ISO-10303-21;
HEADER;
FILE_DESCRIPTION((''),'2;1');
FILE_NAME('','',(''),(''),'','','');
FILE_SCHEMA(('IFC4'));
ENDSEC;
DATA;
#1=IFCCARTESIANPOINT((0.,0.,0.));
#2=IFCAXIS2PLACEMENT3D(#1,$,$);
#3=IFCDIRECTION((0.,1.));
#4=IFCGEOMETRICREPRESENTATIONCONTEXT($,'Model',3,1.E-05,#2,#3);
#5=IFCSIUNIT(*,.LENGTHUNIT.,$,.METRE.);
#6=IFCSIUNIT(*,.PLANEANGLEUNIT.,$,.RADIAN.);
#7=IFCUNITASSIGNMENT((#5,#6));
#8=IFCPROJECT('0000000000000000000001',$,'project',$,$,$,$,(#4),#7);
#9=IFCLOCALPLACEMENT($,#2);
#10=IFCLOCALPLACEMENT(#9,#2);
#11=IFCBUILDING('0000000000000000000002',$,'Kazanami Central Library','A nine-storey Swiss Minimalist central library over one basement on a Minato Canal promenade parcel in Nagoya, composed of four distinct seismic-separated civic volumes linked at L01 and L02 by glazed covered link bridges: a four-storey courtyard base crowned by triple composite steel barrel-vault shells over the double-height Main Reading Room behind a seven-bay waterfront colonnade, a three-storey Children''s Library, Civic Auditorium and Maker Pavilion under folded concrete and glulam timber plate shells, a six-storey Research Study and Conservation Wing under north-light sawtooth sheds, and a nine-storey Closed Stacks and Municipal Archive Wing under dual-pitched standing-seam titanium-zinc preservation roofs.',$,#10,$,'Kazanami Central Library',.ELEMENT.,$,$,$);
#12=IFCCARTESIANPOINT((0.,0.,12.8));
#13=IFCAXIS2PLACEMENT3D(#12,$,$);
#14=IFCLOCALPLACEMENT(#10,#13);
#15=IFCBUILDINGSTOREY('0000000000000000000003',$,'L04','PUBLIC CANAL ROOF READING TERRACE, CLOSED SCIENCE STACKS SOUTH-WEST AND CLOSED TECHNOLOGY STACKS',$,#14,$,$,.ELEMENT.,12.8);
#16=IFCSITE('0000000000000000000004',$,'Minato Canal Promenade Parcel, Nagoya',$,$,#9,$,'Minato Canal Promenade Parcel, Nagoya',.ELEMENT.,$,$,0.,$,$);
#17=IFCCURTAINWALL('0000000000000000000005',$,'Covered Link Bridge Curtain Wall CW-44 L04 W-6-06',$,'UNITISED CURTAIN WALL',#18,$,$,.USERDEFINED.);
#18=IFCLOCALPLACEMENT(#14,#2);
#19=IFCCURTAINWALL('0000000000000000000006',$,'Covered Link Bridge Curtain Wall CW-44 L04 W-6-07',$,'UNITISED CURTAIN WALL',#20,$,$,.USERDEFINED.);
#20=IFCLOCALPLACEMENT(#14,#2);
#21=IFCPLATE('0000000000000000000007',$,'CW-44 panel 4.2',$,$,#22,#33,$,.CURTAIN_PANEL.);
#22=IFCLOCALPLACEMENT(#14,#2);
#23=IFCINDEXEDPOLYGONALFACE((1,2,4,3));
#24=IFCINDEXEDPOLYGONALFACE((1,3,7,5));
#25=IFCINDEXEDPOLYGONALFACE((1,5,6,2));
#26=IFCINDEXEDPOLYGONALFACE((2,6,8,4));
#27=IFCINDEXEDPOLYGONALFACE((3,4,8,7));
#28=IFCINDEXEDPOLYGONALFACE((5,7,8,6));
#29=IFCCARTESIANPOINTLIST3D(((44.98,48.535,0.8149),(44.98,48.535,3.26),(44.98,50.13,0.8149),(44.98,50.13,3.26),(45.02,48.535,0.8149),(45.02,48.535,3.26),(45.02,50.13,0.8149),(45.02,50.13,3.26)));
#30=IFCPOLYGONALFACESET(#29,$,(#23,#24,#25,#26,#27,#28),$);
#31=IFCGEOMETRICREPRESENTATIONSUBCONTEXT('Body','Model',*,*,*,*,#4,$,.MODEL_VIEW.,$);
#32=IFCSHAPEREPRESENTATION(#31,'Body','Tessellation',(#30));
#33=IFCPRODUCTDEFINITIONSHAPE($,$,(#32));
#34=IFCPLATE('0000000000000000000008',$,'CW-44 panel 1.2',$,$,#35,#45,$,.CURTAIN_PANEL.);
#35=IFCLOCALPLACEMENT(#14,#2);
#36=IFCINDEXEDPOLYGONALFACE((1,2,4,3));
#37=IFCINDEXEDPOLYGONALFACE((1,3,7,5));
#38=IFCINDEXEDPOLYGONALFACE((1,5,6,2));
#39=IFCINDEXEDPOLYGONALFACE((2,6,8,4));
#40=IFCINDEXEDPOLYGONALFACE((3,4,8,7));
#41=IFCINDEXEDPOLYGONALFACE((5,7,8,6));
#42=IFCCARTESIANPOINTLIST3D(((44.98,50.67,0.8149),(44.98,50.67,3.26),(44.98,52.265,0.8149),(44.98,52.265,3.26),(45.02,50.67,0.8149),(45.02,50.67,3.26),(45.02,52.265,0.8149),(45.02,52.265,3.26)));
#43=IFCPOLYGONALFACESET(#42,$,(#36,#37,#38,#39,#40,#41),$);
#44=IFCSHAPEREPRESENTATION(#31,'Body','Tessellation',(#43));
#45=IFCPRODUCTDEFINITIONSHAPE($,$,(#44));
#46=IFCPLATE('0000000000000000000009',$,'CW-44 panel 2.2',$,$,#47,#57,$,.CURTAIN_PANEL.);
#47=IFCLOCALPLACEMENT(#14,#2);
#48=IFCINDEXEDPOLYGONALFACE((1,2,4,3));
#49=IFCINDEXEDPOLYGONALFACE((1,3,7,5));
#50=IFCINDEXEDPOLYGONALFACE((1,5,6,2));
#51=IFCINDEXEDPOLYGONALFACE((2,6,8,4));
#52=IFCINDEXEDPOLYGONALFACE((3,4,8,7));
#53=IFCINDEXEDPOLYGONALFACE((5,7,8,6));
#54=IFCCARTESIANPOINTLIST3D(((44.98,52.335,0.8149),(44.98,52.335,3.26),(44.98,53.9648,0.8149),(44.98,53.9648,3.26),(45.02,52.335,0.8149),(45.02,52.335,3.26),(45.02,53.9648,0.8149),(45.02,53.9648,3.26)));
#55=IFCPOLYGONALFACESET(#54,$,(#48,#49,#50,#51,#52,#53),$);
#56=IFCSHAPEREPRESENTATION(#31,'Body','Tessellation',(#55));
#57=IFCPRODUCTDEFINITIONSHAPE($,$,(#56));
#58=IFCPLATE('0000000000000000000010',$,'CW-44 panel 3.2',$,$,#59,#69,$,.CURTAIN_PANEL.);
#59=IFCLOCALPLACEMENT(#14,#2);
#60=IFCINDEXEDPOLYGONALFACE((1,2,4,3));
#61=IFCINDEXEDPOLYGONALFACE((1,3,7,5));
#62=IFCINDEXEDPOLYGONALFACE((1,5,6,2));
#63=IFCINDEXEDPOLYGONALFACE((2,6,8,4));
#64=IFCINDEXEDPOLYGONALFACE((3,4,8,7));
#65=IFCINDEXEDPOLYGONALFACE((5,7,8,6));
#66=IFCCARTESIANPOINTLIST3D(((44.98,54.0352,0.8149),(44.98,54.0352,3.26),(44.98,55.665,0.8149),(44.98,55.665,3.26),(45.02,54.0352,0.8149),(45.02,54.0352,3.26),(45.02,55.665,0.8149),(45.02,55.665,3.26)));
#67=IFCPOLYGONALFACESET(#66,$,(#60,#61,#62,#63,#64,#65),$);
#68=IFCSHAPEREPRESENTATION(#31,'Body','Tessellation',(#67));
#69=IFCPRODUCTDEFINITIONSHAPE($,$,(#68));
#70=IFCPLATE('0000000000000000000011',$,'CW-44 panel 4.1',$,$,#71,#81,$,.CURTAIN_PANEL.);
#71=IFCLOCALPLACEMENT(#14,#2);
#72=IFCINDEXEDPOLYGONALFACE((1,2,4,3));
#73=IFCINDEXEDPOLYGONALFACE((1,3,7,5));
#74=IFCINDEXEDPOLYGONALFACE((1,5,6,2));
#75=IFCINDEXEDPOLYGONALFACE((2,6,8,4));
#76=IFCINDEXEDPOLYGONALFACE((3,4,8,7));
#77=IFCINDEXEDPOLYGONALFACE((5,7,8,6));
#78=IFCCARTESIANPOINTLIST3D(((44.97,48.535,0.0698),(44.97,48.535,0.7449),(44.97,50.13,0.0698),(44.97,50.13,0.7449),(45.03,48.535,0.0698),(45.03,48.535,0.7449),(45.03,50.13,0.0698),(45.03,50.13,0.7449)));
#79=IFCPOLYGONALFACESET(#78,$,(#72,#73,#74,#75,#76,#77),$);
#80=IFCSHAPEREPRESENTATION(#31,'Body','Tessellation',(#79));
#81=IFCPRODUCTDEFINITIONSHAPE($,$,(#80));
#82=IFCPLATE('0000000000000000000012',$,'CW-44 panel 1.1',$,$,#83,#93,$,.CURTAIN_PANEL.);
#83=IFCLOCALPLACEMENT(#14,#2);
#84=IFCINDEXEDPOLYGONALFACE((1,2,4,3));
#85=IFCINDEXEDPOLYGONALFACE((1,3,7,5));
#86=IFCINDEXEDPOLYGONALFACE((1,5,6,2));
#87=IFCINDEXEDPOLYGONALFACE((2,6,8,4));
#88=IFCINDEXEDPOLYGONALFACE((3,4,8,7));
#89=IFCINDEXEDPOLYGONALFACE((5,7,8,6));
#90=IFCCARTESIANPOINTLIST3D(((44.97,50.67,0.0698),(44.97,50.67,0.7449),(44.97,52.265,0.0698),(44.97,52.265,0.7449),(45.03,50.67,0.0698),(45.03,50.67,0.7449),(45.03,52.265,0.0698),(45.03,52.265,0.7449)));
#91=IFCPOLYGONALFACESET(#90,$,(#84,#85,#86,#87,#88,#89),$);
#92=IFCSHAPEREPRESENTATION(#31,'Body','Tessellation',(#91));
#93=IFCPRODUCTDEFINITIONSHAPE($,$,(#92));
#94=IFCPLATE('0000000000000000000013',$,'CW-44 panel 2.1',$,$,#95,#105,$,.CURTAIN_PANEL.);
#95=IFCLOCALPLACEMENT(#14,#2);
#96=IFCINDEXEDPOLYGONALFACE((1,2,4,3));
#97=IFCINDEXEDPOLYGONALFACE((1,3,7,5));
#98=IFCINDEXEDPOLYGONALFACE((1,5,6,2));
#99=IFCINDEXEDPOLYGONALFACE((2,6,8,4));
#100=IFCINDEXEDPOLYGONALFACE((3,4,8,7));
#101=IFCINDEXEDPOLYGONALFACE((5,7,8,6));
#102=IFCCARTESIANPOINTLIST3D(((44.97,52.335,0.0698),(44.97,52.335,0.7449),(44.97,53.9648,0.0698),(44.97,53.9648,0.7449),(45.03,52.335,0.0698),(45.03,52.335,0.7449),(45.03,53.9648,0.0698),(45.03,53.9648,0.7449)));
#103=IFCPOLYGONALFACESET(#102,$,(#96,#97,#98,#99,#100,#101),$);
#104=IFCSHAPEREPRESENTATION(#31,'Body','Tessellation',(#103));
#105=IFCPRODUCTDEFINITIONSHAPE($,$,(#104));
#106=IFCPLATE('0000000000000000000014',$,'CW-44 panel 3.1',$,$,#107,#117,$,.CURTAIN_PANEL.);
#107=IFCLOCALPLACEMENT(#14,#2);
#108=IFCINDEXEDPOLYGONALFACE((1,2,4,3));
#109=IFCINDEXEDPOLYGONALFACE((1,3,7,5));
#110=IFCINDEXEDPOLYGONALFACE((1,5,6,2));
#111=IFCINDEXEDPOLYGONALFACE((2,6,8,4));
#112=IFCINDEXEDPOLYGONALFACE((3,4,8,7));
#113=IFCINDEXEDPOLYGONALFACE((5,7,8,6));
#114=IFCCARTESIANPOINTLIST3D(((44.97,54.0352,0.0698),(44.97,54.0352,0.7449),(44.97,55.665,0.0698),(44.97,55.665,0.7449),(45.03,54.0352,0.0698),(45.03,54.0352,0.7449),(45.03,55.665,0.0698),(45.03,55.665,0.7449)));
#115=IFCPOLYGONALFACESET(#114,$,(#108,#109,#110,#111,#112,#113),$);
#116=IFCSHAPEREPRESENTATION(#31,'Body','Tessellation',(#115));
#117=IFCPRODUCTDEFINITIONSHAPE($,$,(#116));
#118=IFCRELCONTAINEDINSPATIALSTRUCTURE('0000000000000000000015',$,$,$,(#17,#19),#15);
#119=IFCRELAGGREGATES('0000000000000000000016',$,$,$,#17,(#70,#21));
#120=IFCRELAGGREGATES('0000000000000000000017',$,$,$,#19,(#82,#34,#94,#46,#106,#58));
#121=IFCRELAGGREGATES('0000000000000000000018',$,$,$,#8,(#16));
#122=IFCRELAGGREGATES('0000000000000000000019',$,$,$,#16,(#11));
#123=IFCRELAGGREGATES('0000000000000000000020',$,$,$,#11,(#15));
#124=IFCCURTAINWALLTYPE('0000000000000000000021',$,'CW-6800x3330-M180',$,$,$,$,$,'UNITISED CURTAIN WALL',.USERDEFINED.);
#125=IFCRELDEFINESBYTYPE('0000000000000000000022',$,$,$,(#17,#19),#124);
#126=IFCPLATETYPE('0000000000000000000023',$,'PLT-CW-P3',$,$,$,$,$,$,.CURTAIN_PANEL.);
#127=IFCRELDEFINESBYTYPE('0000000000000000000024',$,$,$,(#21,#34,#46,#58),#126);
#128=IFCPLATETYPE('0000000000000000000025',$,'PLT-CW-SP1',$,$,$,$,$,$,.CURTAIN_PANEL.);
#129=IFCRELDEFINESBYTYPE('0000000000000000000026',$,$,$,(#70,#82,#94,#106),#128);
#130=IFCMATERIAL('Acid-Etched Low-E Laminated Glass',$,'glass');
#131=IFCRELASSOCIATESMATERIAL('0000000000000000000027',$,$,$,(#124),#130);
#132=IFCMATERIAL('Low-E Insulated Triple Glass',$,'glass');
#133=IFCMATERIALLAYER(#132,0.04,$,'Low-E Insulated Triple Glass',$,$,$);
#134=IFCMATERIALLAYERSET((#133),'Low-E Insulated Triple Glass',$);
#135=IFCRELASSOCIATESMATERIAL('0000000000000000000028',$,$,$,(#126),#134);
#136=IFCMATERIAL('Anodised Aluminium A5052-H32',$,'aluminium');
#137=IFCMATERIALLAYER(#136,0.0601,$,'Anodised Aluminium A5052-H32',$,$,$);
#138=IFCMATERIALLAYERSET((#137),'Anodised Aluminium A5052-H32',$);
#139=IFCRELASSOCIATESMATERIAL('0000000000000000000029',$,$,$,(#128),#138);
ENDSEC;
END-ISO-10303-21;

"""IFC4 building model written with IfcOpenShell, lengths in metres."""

from ifc_helpers import new_model, si_unit, direction, frame, origin, origin_2d, place, context, subcontext, project, spatial, rectangle, extrude, material, layer, layer_set, type_object, element, aggregate, save


model = new_model("IFC4")

# Units and contexts
model_context = context("Model", 3, precision=1e-05, world=origin(), true_north=direction((0.0, 1.0)))
body_context = subcontext(model_context, "Body", "Model", "MODEL_VIEW")
ifc_project = project(units=[si_unit("LENGTHUNIT", "METRE"), si_unit("PLANEANGLEUNIT", "RADIAN")], contexts=[model_context])

# Site, building, storey
site_placement = place(None, origin())
site = spatial("IfcSite", under=ifc_project, at=site_placement, Name="Minato Canal Promenade Parcel, Nagoya", LongName="Minato Canal Promenade Parcel, Nagoya", CompositionType="ELEMENT", RefElevation=0.0)
building_placement = place(site_placement, origin())
building = spatial("IfcBuilding", under=site, at=building_placement, Name="Kazanami Central Library", Description="A nine-storey Swiss Minimalist central library over one basement on a Minato Canal promenade parcel in Nagoya, composed of four distinct seismic-separated civic volumes linked at L01 and L02 by glazed covered link bridges: a four-storey courtyard base crowned by triple composite steel barrel-vault shells over the double-height Main Reading Room behind a seven-bay waterfront colonnade, a three-storey Children's Library, Civic Auditorium and Maker Pavilion under folded concrete and glulam timber plate shells, a six-storey Research Study and Conservation Wing under north-light sawtooth sheds, and a nine-storey Closed Stacks and Municipal Archive Wing under dual-pitched standing-seam titanium-zinc preservation roofs.", LongName="Kazanami Central Library", CompositionType="ELEMENT")
storey_placement = place(building_placement, frame((0.0, 0.0, 12.8)))
storey = spatial("IfcBuildingStorey", under=building, at=storey_placement, Name="L04", Description="PUBLIC CANAL ROOF READING TERRACE, CLOSED SCIENCE STACKS SOUTH-WEST AND CLOSED TECHNOLOGY STACKS", CompositionType="ELEMENT", Elevation=12.8)

# Curtain walls
ifc_material_1 = material(Name="Acid-Etched Low-E Laminated Glass", Category="glass")
curtain_wall_type = type_object("IfcCurtainWallType", Name="CW-6800x3330-M180", ElementType="UNITISED CURTAIN WALL", PredefinedType="USERDEFINED", material=ifc_material_1)
curtain_wall_1_placement = place(storey_placement, origin())
curtain_wall_1 = element("IfcCurtainWall", 1, at=curtain_wall_1_placement, inside=storey, type_object=curtain_wall_type, Name="Covered Link Bridge Curtain Wall CW-44 L04 W-6-06", ObjectType="UNITISED CURTAIN WALL", PredefinedType="USERDEFINED")
curtain_wall_2_placement = place(storey_placement, origin())
curtain_wall_2 = element("IfcCurtainWall", 2, at=curtain_wall_2_placement, inside=storey, type_object=curtain_wall_type, Name="Covered Link Bridge Curtain Wall CW-44 L04 W-6-07", ObjectType="UNITISED CURTAIN WALL", PredefinedType="USERDEFINED")

# Plates
ifc_material_2 = material(Name="Low-E Insulated Triple Glass", Category="glass")
ifc_layer_1 = layer(ifc_material_2, 0.04, Name="Low-E Insulated Triple Glass")
ifc_layer_set_1 = layer_set([ifc_layer_1], Name="Low-E Insulated Triple Glass")
plate_type_1 = type_object("IfcPlateType", Name="PLT-CW-P3", PredefinedType="CURTAIN_PANEL", material=ifc_layer_set_1)
plate_1_placement = place(storey_placement, frame((45.0, 49.3325, 0.8149), z_axis=(0.0, 0.0, 1.0), x_axis=(0.0, 1.0, 0.0)))
plate_1 = element("IfcPlate", 3, at=plate_1_placement, type_object=plate_type_1, Name="CW-44 panel 4.2", PredefinedType="CURTAIN_PANEL", context=body_context, shape_type="SweptSolid", body=[
    extrude(rectangle(XDim=1.595, YDim=0.04, at=origin_2d()), origin(), (0.0, 0.0, 1.0), 2.4451),
])
plate_2_placement = place(storey_placement, frame((45.0, 51.4675, 0.8149), z_axis=(0.0, 0.0, 1.0), x_axis=(0.0, 1.0, 0.0)))
plate_2 = element("IfcPlate", 4, at=plate_2_placement, type_object=plate_type_1, Name="CW-44 panel 1.2", PredefinedType="CURTAIN_PANEL", context=body_context, shape_type="SweptSolid", body=[
    extrude(rectangle(XDim=1.595, YDim=0.04, at=origin_2d()), origin(), (0.0, 0.0, 1.0), 2.4451),
])
plate_3_placement = place(storey_placement, frame((45.0, 53.1499, 0.8149), z_axis=(0.0, 0.0, 1.0), x_axis=(0.0, 1.0, 0.0)))
plate_3 = element("IfcPlate", 5, at=plate_3_placement, type_object=plate_type_1, Name="CW-44 panel 2.2", PredefinedType="CURTAIN_PANEL", context=body_context, shape_type="SweptSolid", body=[
    extrude(rectangle(XDim=1.6299, YDim=0.04, at=origin_2d()), origin(), (0.0, 0.0, 1.0), 2.4451),
])
plate_4_placement = place(storey_placement, frame((45.0, 54.8501, 0.8149), z_axis=(0.0, 0.0, 1.0), x_axis=(0.0, 1.0, 0.0)))
plate_4 = element("IfcPlate", 6, at=plate_4_placement, type_object=plate_type_1, Name="CW-44 panel 3.2", PredefinedType="CURTAIN_PANEL", context=body_context, shape_type="SweptSolid", body=[
    extrude(rectangle(XDim=1.6299, YDim=0.04, at=origin_2d()), origin(), (0.0, 0.0, 1.0), 2.4451),
])
ifc_material_3 = material(Name="Anodised Aluminium A5052-H32", Category="aluminium")
ifc_layer_2 = layer(ifc_material_3, 0.0601, Name="Anodised Aluminium A5052-H32")
ifc_layer_set_2 = layer_set([ifc_layer_2], Name="Anodised Aluminium A5052-H32")
plate_type_2 = type_object("IfcPlateType", Name="PLT-CW-SP1", PredefinedType="CURTAIN_PANEL", material=ifc_layer_set_2)
plate_5_placement = place(storey_placement, frame((45.0, 49.3325, 0.0698), z_axis=(0.0, 0.0, 1.0), x_axis=(0.0, 1.0, 0.0)))
plate_5 = element("IfcPlate", 7, at=plate_5_placement, type_object=plate_type_2, Name="CW-44 panel 4.1", PredefinedType="CURTAIN_PANEL", context=body_context, shape_type="SweptSolid", body=[
    extrude(rectangle(XDim=1.595, YDim=0.0601, at=origin_2d()), origin(), (0.0, 0.0, 1.0), 0.675),
])
aggregate(curtain_wall_1, [plate_5, plate_1])
plate_6_placement = place(storey_placement, frame((45.0, 51.4675, 0.0698), z_axis=(0.0, 0.0, 1.0), x_axis=(0.0, 1.0, 0.0)))
plate_6 = element("IfcPlate", 8, at=plate_6_placement, type_object=plate_type_2, Name="CW-44 panel 1.1", PredefinedType="CURTAIN_PANEL", context=body_context, shape_type="SweptSolid", body=[
    extrude(rectangle(XDim=1.595, YDim=0.0601, at=origin_2d()), origin(), (0.0, 0.0, 1.0), 0.675),
])
plate_7_placement = place(storey_placement, frame((45.0, 53.1499, 0.0698), z_axis=(0.0, 0.0, 1.0), x_axis=(0.0, 1.0, 0.0)))
plate_7 = element("IfcPlate", 9, at=plate_7_placement, type_object=plate_type_2, Name="CW-44 panel 2.1", PredefinedType="CURTAIN_PANEL", context=body_context, shape_type="SweptSolid", body=[
    extrude(rectangle(XDim=1.6299, YDim=0.0601, at=origin_2d()), origin(), (0.0, 0.0, 1.0), 0.675),
])
plate_8_placement = place(storey_placement, frame((45.0, 54.8501, 0.0698), z_axis=(0.0, 0.0, 1.0), x_axis=(0.0, 1.0, 0.0)))
plate_8 = element("IfcPlate", 10, at=plate_8_placement, type_object=plate_type_2, Name="CW-44 panel 3.1", PredefinedType="CURTAIN_PANEL", context=body_context, shape_type="SweptSolid", body=[
    extrude(rectangle(XDim=1.6299, YDim=0.0601, at=origin_2d()), origin(), (0.0, 0.0, 1.0), 0.675),
])
aggregate(curtain_wall_2, [plate_6, plate_2, plate_7, plate_3, plate_8, plate_4])

save(model, "model.ifc")
